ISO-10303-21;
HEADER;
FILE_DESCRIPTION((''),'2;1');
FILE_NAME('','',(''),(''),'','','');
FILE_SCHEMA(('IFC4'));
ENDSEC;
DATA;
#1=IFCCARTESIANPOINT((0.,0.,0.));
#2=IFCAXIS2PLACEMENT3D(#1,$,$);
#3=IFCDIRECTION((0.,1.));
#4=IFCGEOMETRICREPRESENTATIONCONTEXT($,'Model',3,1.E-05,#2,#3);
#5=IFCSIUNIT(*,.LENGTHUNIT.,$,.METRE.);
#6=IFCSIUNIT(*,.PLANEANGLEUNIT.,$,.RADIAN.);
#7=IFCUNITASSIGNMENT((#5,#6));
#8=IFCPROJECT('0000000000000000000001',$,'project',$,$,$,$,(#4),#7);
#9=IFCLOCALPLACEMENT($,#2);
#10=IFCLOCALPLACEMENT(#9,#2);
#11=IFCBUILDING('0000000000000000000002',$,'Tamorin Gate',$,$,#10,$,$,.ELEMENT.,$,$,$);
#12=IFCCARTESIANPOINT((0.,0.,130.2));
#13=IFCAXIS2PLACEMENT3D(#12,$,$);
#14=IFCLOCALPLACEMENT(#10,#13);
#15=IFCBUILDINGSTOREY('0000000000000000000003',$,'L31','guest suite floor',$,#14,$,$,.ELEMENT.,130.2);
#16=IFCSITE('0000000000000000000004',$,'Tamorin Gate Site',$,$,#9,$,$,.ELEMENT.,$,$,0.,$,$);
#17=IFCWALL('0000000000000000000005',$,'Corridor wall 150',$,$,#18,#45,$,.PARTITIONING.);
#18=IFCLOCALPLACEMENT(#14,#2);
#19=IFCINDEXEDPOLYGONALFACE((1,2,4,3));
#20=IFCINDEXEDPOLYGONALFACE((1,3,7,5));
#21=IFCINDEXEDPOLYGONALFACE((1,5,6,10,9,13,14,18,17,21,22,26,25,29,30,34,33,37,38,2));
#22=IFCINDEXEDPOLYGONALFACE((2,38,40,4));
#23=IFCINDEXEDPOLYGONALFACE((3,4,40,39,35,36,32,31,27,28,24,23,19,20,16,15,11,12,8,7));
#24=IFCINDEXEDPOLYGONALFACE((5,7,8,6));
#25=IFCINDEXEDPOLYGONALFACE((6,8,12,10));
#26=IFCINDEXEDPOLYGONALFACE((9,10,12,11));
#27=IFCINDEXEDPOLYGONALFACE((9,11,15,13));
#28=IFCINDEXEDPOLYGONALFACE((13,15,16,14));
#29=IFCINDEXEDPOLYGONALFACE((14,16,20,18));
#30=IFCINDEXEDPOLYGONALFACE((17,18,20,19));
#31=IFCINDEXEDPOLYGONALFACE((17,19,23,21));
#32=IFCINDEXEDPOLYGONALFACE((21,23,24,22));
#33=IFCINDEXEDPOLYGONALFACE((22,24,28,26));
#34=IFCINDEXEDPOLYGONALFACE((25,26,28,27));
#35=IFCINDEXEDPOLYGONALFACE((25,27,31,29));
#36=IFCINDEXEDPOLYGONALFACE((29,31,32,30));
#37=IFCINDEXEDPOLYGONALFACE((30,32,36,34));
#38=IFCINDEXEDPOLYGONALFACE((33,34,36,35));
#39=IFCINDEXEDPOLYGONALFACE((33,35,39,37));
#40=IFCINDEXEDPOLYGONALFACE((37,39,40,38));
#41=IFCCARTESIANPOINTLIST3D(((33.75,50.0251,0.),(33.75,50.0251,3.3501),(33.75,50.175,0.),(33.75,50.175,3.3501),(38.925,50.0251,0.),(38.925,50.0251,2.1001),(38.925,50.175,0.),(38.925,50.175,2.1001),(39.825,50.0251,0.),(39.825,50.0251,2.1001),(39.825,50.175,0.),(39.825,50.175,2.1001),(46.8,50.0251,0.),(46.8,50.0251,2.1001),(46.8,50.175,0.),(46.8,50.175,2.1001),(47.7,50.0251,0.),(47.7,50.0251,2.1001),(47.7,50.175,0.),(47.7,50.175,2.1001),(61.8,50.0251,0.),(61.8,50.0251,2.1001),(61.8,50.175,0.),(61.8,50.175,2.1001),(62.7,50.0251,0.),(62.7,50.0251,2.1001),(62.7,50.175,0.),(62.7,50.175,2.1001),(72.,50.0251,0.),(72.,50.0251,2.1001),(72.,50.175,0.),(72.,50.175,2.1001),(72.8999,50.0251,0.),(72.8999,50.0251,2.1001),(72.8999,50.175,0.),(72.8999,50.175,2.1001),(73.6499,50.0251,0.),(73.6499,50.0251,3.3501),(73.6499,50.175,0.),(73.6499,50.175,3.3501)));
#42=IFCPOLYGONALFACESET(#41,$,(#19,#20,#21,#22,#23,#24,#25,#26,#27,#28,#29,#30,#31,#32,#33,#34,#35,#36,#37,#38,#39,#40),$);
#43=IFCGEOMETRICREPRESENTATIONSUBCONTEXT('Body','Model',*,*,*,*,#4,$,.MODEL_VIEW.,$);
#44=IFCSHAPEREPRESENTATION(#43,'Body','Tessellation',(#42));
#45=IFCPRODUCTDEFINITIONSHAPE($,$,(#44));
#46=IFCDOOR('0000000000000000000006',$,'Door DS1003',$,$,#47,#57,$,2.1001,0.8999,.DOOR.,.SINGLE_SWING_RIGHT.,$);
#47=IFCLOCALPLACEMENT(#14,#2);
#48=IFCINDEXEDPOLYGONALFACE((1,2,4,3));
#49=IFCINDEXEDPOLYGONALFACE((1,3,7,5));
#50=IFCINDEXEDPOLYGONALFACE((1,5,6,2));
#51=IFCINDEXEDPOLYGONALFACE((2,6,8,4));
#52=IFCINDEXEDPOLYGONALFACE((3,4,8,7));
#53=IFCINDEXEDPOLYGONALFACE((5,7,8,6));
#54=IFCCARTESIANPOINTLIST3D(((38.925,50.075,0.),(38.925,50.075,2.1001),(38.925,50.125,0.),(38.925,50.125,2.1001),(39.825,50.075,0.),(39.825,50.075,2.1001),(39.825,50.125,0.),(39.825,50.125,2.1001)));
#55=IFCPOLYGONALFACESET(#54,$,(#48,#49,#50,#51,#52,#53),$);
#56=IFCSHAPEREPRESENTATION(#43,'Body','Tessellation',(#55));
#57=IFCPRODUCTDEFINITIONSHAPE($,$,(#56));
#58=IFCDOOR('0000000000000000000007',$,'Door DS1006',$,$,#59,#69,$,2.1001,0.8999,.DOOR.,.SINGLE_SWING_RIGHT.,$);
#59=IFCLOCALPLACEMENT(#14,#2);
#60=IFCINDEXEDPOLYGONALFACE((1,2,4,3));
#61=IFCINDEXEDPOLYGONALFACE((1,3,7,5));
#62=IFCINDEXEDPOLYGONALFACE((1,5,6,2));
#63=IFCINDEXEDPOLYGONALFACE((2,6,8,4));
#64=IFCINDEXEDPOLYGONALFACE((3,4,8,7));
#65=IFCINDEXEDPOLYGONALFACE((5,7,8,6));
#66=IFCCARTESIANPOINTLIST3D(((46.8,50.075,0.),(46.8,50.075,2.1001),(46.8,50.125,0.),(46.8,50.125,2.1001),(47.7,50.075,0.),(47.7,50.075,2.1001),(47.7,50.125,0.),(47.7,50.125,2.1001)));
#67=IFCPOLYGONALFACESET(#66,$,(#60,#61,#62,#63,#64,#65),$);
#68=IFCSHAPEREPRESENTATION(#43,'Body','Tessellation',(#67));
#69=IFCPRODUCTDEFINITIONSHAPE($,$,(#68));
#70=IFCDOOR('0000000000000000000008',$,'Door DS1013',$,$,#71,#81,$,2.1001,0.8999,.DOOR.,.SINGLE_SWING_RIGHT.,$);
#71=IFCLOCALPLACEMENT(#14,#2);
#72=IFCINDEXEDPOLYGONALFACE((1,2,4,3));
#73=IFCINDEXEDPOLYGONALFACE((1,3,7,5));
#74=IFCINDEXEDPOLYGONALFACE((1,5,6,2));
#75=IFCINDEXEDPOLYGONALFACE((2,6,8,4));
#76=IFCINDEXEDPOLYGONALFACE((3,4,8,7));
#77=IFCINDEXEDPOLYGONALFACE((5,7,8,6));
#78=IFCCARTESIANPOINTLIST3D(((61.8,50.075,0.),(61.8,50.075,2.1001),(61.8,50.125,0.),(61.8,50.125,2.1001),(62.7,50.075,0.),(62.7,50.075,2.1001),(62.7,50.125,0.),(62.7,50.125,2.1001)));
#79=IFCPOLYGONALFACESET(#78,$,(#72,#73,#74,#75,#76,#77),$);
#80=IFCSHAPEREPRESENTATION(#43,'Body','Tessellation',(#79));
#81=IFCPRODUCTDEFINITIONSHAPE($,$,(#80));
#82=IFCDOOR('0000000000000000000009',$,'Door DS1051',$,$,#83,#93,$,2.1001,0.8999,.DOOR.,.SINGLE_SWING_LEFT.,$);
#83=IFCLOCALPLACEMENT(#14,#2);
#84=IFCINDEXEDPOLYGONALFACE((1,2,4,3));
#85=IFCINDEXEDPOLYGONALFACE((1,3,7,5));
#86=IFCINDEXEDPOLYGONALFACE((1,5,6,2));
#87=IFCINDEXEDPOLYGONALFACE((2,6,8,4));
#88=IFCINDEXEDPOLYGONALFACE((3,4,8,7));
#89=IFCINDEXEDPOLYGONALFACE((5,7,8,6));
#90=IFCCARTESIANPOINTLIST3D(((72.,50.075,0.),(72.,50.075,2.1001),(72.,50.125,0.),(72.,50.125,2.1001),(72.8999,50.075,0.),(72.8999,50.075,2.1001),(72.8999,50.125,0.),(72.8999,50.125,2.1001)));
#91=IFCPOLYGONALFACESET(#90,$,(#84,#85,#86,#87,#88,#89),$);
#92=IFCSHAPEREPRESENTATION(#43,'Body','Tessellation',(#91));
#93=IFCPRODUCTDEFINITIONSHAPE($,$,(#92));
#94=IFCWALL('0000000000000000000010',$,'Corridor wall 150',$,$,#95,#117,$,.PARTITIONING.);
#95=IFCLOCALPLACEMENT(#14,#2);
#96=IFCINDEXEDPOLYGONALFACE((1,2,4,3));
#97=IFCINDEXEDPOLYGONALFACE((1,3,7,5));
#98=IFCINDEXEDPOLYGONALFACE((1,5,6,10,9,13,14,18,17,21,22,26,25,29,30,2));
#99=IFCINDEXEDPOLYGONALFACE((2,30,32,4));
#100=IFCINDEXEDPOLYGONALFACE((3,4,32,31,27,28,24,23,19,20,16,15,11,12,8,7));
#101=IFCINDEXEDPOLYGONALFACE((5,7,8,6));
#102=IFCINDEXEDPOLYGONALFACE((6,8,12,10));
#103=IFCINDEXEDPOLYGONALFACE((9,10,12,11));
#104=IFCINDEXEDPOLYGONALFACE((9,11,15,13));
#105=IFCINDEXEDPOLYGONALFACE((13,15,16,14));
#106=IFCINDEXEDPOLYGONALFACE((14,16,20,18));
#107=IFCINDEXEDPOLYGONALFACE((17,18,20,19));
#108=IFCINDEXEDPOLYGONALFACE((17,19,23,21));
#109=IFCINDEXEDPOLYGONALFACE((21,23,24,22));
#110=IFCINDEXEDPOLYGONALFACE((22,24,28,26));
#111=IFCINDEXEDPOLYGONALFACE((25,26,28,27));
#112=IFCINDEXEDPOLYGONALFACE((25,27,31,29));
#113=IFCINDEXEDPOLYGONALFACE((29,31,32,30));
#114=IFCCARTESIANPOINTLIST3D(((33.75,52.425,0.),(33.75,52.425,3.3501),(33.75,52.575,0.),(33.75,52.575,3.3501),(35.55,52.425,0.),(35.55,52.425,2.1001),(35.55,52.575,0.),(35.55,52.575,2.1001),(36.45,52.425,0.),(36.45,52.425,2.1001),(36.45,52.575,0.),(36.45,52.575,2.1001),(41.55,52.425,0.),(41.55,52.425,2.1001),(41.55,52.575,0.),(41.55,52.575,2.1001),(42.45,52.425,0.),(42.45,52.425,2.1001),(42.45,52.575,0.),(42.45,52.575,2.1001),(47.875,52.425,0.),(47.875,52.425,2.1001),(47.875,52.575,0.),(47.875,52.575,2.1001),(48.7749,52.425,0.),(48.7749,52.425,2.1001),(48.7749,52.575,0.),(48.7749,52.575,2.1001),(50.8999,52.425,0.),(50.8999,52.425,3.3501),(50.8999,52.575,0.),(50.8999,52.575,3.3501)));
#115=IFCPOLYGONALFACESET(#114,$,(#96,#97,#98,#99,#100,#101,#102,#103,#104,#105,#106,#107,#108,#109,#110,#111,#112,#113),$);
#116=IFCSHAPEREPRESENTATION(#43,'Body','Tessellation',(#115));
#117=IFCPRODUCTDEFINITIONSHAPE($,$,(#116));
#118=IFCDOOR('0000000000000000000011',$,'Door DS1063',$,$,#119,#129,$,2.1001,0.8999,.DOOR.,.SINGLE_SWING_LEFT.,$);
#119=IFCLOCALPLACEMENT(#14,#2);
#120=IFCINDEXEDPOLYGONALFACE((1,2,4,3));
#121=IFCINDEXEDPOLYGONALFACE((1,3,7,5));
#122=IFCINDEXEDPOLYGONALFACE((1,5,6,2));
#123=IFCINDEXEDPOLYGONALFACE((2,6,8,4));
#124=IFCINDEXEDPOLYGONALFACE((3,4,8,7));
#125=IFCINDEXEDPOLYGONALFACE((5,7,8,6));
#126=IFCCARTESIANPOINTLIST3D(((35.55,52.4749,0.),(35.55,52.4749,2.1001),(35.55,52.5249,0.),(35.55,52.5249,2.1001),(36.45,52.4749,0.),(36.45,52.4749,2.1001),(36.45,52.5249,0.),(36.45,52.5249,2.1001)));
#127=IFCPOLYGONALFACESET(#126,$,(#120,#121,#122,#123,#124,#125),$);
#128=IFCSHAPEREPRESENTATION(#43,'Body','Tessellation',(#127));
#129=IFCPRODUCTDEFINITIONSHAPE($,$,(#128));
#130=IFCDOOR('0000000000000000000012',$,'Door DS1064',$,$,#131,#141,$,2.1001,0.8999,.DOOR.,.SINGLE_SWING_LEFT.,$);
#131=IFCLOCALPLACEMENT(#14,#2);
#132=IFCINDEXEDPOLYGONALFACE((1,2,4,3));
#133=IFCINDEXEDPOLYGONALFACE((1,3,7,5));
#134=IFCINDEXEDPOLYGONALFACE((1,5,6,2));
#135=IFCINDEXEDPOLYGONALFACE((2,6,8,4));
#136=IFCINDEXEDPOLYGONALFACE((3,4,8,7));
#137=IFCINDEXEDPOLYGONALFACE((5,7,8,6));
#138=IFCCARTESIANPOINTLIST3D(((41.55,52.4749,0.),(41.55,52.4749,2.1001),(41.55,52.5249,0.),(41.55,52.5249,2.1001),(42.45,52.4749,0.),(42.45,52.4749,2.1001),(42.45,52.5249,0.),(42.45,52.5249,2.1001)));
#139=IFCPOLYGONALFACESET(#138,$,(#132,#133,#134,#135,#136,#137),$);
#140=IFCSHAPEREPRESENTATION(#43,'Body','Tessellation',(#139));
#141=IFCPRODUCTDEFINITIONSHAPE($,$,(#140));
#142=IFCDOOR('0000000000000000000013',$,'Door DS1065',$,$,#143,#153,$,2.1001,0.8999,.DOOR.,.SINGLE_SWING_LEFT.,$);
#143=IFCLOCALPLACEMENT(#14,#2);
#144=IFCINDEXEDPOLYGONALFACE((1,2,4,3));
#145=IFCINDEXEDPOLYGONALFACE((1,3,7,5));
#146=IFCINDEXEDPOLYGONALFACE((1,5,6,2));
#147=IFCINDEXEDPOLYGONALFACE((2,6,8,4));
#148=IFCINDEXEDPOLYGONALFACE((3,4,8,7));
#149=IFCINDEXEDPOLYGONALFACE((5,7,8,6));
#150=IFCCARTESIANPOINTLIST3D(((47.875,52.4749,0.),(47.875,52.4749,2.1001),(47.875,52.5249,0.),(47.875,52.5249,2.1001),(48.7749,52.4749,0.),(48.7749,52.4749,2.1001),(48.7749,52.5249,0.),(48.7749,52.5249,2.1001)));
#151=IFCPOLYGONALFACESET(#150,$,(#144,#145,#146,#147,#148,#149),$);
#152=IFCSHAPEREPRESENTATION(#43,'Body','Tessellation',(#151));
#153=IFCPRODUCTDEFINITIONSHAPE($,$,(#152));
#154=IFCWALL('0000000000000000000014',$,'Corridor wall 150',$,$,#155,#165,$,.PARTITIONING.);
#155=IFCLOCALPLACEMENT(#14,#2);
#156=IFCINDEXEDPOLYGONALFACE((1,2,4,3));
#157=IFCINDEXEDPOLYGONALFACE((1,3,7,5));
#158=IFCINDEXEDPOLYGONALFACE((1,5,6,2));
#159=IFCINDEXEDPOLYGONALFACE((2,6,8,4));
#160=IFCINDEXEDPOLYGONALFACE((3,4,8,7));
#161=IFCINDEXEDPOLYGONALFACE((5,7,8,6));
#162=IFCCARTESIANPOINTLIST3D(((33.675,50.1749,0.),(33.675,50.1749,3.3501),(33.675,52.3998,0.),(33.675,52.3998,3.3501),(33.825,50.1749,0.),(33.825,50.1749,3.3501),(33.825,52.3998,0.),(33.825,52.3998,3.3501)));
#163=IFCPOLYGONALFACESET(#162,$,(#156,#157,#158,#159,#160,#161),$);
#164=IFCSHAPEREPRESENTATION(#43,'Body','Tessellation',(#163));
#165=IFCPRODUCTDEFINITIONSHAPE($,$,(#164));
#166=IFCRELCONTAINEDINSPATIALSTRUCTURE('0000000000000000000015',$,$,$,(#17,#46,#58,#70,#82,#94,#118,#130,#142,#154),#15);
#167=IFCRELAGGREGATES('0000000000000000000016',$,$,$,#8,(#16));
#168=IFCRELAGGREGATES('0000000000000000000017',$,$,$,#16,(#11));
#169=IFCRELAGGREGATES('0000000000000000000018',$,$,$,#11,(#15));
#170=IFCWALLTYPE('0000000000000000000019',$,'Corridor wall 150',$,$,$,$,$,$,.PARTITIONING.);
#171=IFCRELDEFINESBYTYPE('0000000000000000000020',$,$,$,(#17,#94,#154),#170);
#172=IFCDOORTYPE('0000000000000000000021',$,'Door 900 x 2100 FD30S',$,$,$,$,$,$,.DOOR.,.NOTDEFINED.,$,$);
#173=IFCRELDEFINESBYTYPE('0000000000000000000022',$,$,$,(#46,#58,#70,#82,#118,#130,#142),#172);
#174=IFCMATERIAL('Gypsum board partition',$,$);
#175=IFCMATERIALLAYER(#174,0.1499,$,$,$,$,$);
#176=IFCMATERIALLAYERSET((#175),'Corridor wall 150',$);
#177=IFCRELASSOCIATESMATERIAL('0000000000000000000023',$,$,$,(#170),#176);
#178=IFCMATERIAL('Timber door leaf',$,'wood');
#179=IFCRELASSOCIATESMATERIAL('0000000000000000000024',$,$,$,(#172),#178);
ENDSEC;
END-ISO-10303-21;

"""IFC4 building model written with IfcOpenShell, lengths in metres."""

from ifc_helpers import new_model, si_unit, direction, frame, frame_2d, origin, place, context, subcontext, project, spatial, rectangle, extrude, material, layer, layer_set, type_object, element, fill, save


model = new_model("IFC4")

# Units and contexts
model_context = context("Model", 3, precision=1e-05, world=origin(), true_north=direction((0.0, 1.0)))
body_context = subcontext(model_context, "Body", "Model", "MODEL_VIEW")
ifc_project = project(units=[si_unit("LENGTHUNIT", "METRE"), si_unit("PLANEANGLEUNIT", "RADIAN")], contexts=[model_context])

# Site, building, storey
site_placement = place(None, origin())
site = spatial("IfcSite", under=ifc_project, at=site_placement, Name="Tamorin Gate Site", CompositionType="ELEMENT", RefElevation=0.0)
building_placement = place(site_placement, origin())
building = spatial("IfcBuilding", under=site, at=building_placement, Name="Tamorin Gate", CompositionType="ELEMENT")
storey_placement = place(building_placement, frame((0.0, 0.0, 130.2)))
storey = spatial("IfcBuildingStorey", under=building, at=storey_placement, Name="L31", Description="guest suite floor", CompositionType="ELEMENT", Elevation=130.2)

# Walls, openings, doors
ifc_material_1 = material(Name="Gypsum board partition")
ifc_layer_1 = layer(ifc_material_1, 0.1499)
ifc_layer_set_1 = layer_set([ifc_layer_1], Name="Corridor wall 150")
wall_type_1 = type_object("IfcWallType", Name="Corridor wall 150", PredefinedType="PARTITIONING", material=ifc_layer_set_1)
wall_1_placement = place(storey_placement, frame((33.75, 50.1001, 0.0), z_axis=(0.0, 0.0, 1.0), x_axis=(1.0, 0.0, 0.0)))
wall_1 = element("IfcWall", 1, at=wall_1_placement, inside=storey, type_object=wall_type_1, Name="Corridor wall 150", PredefinedType="PARTITIONING", context=body_context, shape_type="SweptSolid", body=[
    extrude(rectangle(XDim=39.8999, YDim=0.1499, at=frame_2d((19.95, 0.0))), origin(), (0.0, 0.0, 1.0), 3.3501),
])
opening_1_placement = place(wall_1_placement, frame((5.175, 0.0, 0.0)))
opening_1 = element("IfcOpeningElement", 2, at=opening_1_placement, cuts=wall_1, PredefinedType="OPENING", context=body_context, shape_type="SweptSolid", body=[
    extrude(rectangle(XDim=0.8999, YDim=2.1001, at=frame_2d((0.45, 1.05))), frame((0.0, 0.085, 0.0), z_axis=(0.0, -1.0, 0.0), x_axis=(1.0, 0.0, 0.0)), (0.0, 0.0, 1.0), 0.1699),
])
opening_2_placement = place(wall_1_placement, frame((13.05, 0.0, 0.0)))
opening_2 = element("IfcOpeningElement", 3, at=opening_2_placement, cuts=wall_1, PredefinedType="OPENING", context=body_context, shape_type="SweptSolid", body=[
    extrude(rectangle(XDim=0.8999, YDim=2.1001, at=frame_2d((0.45, 1.05))), frame((0.0, 0.085, 0.0), z_axis=(0.0, -1.0, 0.0), x_axis=(1.0, 0.0, 0.0)), (0.0, 0.0, 1.0), 0.1699),
])
opening_3_placement = place(wall_1_placement, frame((28.05, 0.0, 0.0)))
opening_3 = element("IfcOpeningElement", 4, at=opening_3_placement, cuts=wall_1, PredefinedType="OPENING", context=body_context, shape_type="SweptSolid", body=[
    extrude(rectangle(XDim=0.8999, YDim=2.1001, at=frame_2d((0.45, 1.05))), frame((0.0, 0.085, 0.0), z_axis=(0.0, -1.0, 0.0), x_axis=(1.0, 0.0, 0.0)), (0.0, 0.0, 1.0), 0.1699),
])
opening_4_placement = place(wall_1_placement, frame((38.25, 0.0, 0.0)))
opening_4 = element("IfcOpeningElement", 5, at=opening_4_placement, cuts=wall_1, PredefinedType="OPENING", context=body_context, shape_type="SweptSolid", body=[
    extrude(rectangle(XDim=0.8999, YDim=2.1001, at=frame_2d((0.45, 1.05))), frame((0.0, 0.085, 0.0), z_axis=(0.0, -1.0, 0.0), x_axis=(1.0, 0.0, 0.0)), (0.0, 0.0, 1.0), 0.1699),
])
ifc_material_2 = material(Name="Timber door leaf", Category="wood")
door_type_1 = type_object("IfcDoorType", Name="Door 900 x 2100 FD30S", OperationType="NOTDEFINED", PredefinedType="DOOR", material=ifc_material_2)
door_1_placement = place(opening_1_placement, origin())
door_1 = element("IfcDoor", 6, at=door_1_placement, inside=storey, type_object=door_type_1, Name="Door DS1003", OperationType="SINGLE_SWING_RIGHT", OverallHeight=2.1001, OverallWidth=0.8999, PredefinedType="DOOR", context=body_context, shape_type="SweptSolid", body=[
    extrude(rectangle(XDim=0.8999, YDim=2.1001, at=frame_2d((0.45, 1.05))), frame((0.0, 0.0249, 0.0), z_axis=(0.0, -1.0, 0.0), x_axis=(1.0, 0.0, 0.0)), (0.0, 0.0, 1.0), 0.05),
])
fill(opening_1, door_1)
door_2_placement = place(opening_2_placement, origin())
door_2 = element("IfcDoor", 7, at=door_2_placement, inside=storey, type_object=door_type_1, Name="Door DS1006", OperationType="SINGLE_SWING_RIGHT", OverallHeight=2.1001, OverallWidth=0.8999, PredefinedType="DOOR", context=body_context, shape_type="SweptSolid", body=[
    extrude(rectangle(XDim=0.8999, YDim=2.1001, at=frame_2d((0.45, 1.05))), frame((0.0, 0.0249, 0.0), z_axis=(0.0, -1.0, 0.0), x_axis=(1.0, 0.0, 0.0)), (0.0, 0.0, 1.0), 0.05),
])
fill(opening_2, door_2)
door_3_placement = place(opening_3_placement, origin())
door_3 = element("IfcDoor", 8, at=door_3_placement, inside=storey, type_object=door_type_1, Name="Door DS1013", OperationType="SINGLE_SWING_RIGHT", OverallHeight=2.1001, OverallWidth=0.8999, PredefinedType="DOOR", context=body_context, shape_type="SweptSolid", body=[
    extrude(rectangle(XDim=0.8999, YDim=2.1001, at=frame_2d((0.45, 1.05))), frame((0.0, 0.0249, 0.0), z_axis=(0.0, -1.0, 0.0), x_axis=(1.0, 0.0, 0.0)), (0.0, 0.0, 1.0), 0.05),
])
fill(opening_3, door_3)
door_4_placement = place(opening_4_placement, origin())
door_4 = element("IfcDoor", 9, at=door_4_placement, inside=storey, type_object=door_type_1, Name="Door DS1051", OperationType="SINGLE_SWING_LEFT", OverallHeight=2.1001, OverallWidth=0.8999, PredefinedType="DOOR", context=body_context, shape_type="SweptSolid", body=[
    extrude(rectangle(XDim=0.8999, YDim=2.1001, at=frame_2d((0.45, 1.05))), frame((0.0, 0.0249, 0.0), z_axis=(0.0, -1.0, 0.0), x_axis=(1.0, 0.0, 0.0)), (0.0, 0.0, 1.0), 0.05),
])
fill(opening_4, door_4)
wall_2_placement = place(storey_placement, frame((33.75, 52.5, 0.0), z_axis=(0.0, 0.0, 1.0), x_axis=(1.0, 0.0, 0.0)))
wall_2 = element("IfcWall", 10, at=wall_2_placement, inside=storey, type_object=wall_type_1, Name="Corridor wall 150", PredefinedType="PARTITIONING", context=body_context, shape_type="SweptSolid", body=[
    extrude(rectangle(XDim=17.1499, YDim=0.1499, at=frame_2d((8.575, 0.0))), origin(), (0.0, 0.0, 1.0), 3.3501),
])
opening_5_placement = place(wall_2_placement, frame((1.8, 0.0, 0.0)))
opening_5 = element("IfcOpeningElement", 11, at=opening_5_placement, cuts=wall_2, PredefinedType="OPENING", context=body_context, shape_type="SweptSolid", body=[
    extrude(rectangle(XDim=0.8999, YDim=2.1001, at=frame_2d((0.45, 1.05))), frame((0.0, 0.085, 0.0), z_axis=(0.0, -1.0, 0.0), x_axis=(1.0, 0.0, 0.0)), (0.0, 0.0, 1.0), 0.1699),
])
opening_6_placement = place(wall_2_placement, frame((7.8, 0.0, 0.0)))
opening_6 = element("IfcOpeningElement", 12, at=opening_6_placement, cuts=wall_2, PredefinedType="OPENING", context=body_context, shape_type="SweptSolid", body=[
    extrude(rectangle(XDim=0.8999, YDim=2.1001, at=frame_2d((0.45, 1.05))), frame((0.0, 0.085, 0.0), z_axis=(0.0, -1.0, 0.0), x_axis=(1.0, 0.0, 0.0)), (0.0, 0.0, 1.0), 0.1699),
])
opening_7_placement = place(wall_2_placement, frame((14.125, 0.0, 0.0)))
opening_7 = element("IfcOpeningElement", 13, at=opening_7_placement, cuts=wall_2, PredefinedType="OPENING", context=body_context, shape_type="SweptSolid", body=[
    extrude(rectangle(XDim=0.8999, YDim=2.1001, at=frame_2d((0.45, 1.05))), frame((0.0, 0.085, 0.0), z_axis=(0.0, -1.0, 0.0), x_axis=(1.0, 0.0, 0.0)), (0.0, 0.0, 1.0), 0.1699),
])
door_5_placement = place(opening_5_placement, origin())
door_5 = element("IfcDoor", 14, at=door_5_placement, inside=storey, type_object=door_type_1, Name="Door DS1063", OperationType="SINGLE_SWING_LEFT", OverallHeight=2.1001, OverallWidth=0.8999, PredefinedType="DOOR", context=body_context, shape_type="SweptSolid", body=[
    extrude(rectangle(XDim=0.8999, YDim=2.1001, at=frame_2d((0.45, 1.05))), frame((0.0, 0.0249, 0.0), z_axis=(0.0, -1.0, 0.0), x_axis=(1.0, 0.0, 0.0)), (0.0, 0.0, 1.0), 0.05),
])
fill(opening_5, door_5)
door_6_placement = place(opening_6_placement, origin())
door_6 = element("IfcDoor", 15, at=door_6_placement, inside=storey, type_object=door_type_1, Name="Door DS1064", OperationType="SINGLE_SWING_LEFT", OverallHeight=2.1001, OverallWidth=0.8999, PredefinedType="DOOR", context=body_context, shape_type="SweptSolid", body=[
    extrude(rectangle(XDim=0.8999, YDim=2.1001, at=frame_2d((0.45, 1.05))), frame((0.0, 0.0249, 0.0), z_axis=(0.0, -1.0, 0.0), x_axis=(1.0, 0.0, 0.0)), (0.0, 0.0, 1.0), 0.05),
])
fill(opening_6, door_6)
door_7_placement = place(opening_7_placement, origin())
door_7 = element("IfcDoor", 16, at=door_7_placement, inside=storey, type_object=door_type_1, Name="Door DS1065", OperationType="SINGLE_SWING_LEFT", OverallHeight=2.1001, OverallWidth=0.8999, PredefinedType="DOOR", context=body_context, shape_type="SweptSolid", body=[
    extrude(rectangle(XDim=0.8999, YDim=2.1001, at=frame_2d((0.45, 1.05))), frame((0.0, 0.0249, 0.0), z_axis=(0.0, -1.0, 0.0), x_axis=(1.0, 0.0, 0.0)), (0.0, 0.0, 1.0), 0.05),
])
fill(opening_7, door_7)

# Wall
wall_3_placement = place(storey_placement, frame((33.75, 50.175, 0.0), z_axis=(0.0, 0.0, 1.0), x_axis=(0.0, 1.0, 0.0)))
element("IfcWall", 17, at=wall_3_placement, inside=storey, type_object=wall_type_1, Name="Corridor wall 150", PredefinedType="PARTITIONING", context=body_context, shape_type="SweptSolid", body=[
    extrude(rectangle(XDim=2.2249, YDim=0.1499, at=frame_2d((1.1123, 0.0))), origin(), (0.0, 0.0, 1.0), 3.3501),
])

save(model, "model.ifc")
